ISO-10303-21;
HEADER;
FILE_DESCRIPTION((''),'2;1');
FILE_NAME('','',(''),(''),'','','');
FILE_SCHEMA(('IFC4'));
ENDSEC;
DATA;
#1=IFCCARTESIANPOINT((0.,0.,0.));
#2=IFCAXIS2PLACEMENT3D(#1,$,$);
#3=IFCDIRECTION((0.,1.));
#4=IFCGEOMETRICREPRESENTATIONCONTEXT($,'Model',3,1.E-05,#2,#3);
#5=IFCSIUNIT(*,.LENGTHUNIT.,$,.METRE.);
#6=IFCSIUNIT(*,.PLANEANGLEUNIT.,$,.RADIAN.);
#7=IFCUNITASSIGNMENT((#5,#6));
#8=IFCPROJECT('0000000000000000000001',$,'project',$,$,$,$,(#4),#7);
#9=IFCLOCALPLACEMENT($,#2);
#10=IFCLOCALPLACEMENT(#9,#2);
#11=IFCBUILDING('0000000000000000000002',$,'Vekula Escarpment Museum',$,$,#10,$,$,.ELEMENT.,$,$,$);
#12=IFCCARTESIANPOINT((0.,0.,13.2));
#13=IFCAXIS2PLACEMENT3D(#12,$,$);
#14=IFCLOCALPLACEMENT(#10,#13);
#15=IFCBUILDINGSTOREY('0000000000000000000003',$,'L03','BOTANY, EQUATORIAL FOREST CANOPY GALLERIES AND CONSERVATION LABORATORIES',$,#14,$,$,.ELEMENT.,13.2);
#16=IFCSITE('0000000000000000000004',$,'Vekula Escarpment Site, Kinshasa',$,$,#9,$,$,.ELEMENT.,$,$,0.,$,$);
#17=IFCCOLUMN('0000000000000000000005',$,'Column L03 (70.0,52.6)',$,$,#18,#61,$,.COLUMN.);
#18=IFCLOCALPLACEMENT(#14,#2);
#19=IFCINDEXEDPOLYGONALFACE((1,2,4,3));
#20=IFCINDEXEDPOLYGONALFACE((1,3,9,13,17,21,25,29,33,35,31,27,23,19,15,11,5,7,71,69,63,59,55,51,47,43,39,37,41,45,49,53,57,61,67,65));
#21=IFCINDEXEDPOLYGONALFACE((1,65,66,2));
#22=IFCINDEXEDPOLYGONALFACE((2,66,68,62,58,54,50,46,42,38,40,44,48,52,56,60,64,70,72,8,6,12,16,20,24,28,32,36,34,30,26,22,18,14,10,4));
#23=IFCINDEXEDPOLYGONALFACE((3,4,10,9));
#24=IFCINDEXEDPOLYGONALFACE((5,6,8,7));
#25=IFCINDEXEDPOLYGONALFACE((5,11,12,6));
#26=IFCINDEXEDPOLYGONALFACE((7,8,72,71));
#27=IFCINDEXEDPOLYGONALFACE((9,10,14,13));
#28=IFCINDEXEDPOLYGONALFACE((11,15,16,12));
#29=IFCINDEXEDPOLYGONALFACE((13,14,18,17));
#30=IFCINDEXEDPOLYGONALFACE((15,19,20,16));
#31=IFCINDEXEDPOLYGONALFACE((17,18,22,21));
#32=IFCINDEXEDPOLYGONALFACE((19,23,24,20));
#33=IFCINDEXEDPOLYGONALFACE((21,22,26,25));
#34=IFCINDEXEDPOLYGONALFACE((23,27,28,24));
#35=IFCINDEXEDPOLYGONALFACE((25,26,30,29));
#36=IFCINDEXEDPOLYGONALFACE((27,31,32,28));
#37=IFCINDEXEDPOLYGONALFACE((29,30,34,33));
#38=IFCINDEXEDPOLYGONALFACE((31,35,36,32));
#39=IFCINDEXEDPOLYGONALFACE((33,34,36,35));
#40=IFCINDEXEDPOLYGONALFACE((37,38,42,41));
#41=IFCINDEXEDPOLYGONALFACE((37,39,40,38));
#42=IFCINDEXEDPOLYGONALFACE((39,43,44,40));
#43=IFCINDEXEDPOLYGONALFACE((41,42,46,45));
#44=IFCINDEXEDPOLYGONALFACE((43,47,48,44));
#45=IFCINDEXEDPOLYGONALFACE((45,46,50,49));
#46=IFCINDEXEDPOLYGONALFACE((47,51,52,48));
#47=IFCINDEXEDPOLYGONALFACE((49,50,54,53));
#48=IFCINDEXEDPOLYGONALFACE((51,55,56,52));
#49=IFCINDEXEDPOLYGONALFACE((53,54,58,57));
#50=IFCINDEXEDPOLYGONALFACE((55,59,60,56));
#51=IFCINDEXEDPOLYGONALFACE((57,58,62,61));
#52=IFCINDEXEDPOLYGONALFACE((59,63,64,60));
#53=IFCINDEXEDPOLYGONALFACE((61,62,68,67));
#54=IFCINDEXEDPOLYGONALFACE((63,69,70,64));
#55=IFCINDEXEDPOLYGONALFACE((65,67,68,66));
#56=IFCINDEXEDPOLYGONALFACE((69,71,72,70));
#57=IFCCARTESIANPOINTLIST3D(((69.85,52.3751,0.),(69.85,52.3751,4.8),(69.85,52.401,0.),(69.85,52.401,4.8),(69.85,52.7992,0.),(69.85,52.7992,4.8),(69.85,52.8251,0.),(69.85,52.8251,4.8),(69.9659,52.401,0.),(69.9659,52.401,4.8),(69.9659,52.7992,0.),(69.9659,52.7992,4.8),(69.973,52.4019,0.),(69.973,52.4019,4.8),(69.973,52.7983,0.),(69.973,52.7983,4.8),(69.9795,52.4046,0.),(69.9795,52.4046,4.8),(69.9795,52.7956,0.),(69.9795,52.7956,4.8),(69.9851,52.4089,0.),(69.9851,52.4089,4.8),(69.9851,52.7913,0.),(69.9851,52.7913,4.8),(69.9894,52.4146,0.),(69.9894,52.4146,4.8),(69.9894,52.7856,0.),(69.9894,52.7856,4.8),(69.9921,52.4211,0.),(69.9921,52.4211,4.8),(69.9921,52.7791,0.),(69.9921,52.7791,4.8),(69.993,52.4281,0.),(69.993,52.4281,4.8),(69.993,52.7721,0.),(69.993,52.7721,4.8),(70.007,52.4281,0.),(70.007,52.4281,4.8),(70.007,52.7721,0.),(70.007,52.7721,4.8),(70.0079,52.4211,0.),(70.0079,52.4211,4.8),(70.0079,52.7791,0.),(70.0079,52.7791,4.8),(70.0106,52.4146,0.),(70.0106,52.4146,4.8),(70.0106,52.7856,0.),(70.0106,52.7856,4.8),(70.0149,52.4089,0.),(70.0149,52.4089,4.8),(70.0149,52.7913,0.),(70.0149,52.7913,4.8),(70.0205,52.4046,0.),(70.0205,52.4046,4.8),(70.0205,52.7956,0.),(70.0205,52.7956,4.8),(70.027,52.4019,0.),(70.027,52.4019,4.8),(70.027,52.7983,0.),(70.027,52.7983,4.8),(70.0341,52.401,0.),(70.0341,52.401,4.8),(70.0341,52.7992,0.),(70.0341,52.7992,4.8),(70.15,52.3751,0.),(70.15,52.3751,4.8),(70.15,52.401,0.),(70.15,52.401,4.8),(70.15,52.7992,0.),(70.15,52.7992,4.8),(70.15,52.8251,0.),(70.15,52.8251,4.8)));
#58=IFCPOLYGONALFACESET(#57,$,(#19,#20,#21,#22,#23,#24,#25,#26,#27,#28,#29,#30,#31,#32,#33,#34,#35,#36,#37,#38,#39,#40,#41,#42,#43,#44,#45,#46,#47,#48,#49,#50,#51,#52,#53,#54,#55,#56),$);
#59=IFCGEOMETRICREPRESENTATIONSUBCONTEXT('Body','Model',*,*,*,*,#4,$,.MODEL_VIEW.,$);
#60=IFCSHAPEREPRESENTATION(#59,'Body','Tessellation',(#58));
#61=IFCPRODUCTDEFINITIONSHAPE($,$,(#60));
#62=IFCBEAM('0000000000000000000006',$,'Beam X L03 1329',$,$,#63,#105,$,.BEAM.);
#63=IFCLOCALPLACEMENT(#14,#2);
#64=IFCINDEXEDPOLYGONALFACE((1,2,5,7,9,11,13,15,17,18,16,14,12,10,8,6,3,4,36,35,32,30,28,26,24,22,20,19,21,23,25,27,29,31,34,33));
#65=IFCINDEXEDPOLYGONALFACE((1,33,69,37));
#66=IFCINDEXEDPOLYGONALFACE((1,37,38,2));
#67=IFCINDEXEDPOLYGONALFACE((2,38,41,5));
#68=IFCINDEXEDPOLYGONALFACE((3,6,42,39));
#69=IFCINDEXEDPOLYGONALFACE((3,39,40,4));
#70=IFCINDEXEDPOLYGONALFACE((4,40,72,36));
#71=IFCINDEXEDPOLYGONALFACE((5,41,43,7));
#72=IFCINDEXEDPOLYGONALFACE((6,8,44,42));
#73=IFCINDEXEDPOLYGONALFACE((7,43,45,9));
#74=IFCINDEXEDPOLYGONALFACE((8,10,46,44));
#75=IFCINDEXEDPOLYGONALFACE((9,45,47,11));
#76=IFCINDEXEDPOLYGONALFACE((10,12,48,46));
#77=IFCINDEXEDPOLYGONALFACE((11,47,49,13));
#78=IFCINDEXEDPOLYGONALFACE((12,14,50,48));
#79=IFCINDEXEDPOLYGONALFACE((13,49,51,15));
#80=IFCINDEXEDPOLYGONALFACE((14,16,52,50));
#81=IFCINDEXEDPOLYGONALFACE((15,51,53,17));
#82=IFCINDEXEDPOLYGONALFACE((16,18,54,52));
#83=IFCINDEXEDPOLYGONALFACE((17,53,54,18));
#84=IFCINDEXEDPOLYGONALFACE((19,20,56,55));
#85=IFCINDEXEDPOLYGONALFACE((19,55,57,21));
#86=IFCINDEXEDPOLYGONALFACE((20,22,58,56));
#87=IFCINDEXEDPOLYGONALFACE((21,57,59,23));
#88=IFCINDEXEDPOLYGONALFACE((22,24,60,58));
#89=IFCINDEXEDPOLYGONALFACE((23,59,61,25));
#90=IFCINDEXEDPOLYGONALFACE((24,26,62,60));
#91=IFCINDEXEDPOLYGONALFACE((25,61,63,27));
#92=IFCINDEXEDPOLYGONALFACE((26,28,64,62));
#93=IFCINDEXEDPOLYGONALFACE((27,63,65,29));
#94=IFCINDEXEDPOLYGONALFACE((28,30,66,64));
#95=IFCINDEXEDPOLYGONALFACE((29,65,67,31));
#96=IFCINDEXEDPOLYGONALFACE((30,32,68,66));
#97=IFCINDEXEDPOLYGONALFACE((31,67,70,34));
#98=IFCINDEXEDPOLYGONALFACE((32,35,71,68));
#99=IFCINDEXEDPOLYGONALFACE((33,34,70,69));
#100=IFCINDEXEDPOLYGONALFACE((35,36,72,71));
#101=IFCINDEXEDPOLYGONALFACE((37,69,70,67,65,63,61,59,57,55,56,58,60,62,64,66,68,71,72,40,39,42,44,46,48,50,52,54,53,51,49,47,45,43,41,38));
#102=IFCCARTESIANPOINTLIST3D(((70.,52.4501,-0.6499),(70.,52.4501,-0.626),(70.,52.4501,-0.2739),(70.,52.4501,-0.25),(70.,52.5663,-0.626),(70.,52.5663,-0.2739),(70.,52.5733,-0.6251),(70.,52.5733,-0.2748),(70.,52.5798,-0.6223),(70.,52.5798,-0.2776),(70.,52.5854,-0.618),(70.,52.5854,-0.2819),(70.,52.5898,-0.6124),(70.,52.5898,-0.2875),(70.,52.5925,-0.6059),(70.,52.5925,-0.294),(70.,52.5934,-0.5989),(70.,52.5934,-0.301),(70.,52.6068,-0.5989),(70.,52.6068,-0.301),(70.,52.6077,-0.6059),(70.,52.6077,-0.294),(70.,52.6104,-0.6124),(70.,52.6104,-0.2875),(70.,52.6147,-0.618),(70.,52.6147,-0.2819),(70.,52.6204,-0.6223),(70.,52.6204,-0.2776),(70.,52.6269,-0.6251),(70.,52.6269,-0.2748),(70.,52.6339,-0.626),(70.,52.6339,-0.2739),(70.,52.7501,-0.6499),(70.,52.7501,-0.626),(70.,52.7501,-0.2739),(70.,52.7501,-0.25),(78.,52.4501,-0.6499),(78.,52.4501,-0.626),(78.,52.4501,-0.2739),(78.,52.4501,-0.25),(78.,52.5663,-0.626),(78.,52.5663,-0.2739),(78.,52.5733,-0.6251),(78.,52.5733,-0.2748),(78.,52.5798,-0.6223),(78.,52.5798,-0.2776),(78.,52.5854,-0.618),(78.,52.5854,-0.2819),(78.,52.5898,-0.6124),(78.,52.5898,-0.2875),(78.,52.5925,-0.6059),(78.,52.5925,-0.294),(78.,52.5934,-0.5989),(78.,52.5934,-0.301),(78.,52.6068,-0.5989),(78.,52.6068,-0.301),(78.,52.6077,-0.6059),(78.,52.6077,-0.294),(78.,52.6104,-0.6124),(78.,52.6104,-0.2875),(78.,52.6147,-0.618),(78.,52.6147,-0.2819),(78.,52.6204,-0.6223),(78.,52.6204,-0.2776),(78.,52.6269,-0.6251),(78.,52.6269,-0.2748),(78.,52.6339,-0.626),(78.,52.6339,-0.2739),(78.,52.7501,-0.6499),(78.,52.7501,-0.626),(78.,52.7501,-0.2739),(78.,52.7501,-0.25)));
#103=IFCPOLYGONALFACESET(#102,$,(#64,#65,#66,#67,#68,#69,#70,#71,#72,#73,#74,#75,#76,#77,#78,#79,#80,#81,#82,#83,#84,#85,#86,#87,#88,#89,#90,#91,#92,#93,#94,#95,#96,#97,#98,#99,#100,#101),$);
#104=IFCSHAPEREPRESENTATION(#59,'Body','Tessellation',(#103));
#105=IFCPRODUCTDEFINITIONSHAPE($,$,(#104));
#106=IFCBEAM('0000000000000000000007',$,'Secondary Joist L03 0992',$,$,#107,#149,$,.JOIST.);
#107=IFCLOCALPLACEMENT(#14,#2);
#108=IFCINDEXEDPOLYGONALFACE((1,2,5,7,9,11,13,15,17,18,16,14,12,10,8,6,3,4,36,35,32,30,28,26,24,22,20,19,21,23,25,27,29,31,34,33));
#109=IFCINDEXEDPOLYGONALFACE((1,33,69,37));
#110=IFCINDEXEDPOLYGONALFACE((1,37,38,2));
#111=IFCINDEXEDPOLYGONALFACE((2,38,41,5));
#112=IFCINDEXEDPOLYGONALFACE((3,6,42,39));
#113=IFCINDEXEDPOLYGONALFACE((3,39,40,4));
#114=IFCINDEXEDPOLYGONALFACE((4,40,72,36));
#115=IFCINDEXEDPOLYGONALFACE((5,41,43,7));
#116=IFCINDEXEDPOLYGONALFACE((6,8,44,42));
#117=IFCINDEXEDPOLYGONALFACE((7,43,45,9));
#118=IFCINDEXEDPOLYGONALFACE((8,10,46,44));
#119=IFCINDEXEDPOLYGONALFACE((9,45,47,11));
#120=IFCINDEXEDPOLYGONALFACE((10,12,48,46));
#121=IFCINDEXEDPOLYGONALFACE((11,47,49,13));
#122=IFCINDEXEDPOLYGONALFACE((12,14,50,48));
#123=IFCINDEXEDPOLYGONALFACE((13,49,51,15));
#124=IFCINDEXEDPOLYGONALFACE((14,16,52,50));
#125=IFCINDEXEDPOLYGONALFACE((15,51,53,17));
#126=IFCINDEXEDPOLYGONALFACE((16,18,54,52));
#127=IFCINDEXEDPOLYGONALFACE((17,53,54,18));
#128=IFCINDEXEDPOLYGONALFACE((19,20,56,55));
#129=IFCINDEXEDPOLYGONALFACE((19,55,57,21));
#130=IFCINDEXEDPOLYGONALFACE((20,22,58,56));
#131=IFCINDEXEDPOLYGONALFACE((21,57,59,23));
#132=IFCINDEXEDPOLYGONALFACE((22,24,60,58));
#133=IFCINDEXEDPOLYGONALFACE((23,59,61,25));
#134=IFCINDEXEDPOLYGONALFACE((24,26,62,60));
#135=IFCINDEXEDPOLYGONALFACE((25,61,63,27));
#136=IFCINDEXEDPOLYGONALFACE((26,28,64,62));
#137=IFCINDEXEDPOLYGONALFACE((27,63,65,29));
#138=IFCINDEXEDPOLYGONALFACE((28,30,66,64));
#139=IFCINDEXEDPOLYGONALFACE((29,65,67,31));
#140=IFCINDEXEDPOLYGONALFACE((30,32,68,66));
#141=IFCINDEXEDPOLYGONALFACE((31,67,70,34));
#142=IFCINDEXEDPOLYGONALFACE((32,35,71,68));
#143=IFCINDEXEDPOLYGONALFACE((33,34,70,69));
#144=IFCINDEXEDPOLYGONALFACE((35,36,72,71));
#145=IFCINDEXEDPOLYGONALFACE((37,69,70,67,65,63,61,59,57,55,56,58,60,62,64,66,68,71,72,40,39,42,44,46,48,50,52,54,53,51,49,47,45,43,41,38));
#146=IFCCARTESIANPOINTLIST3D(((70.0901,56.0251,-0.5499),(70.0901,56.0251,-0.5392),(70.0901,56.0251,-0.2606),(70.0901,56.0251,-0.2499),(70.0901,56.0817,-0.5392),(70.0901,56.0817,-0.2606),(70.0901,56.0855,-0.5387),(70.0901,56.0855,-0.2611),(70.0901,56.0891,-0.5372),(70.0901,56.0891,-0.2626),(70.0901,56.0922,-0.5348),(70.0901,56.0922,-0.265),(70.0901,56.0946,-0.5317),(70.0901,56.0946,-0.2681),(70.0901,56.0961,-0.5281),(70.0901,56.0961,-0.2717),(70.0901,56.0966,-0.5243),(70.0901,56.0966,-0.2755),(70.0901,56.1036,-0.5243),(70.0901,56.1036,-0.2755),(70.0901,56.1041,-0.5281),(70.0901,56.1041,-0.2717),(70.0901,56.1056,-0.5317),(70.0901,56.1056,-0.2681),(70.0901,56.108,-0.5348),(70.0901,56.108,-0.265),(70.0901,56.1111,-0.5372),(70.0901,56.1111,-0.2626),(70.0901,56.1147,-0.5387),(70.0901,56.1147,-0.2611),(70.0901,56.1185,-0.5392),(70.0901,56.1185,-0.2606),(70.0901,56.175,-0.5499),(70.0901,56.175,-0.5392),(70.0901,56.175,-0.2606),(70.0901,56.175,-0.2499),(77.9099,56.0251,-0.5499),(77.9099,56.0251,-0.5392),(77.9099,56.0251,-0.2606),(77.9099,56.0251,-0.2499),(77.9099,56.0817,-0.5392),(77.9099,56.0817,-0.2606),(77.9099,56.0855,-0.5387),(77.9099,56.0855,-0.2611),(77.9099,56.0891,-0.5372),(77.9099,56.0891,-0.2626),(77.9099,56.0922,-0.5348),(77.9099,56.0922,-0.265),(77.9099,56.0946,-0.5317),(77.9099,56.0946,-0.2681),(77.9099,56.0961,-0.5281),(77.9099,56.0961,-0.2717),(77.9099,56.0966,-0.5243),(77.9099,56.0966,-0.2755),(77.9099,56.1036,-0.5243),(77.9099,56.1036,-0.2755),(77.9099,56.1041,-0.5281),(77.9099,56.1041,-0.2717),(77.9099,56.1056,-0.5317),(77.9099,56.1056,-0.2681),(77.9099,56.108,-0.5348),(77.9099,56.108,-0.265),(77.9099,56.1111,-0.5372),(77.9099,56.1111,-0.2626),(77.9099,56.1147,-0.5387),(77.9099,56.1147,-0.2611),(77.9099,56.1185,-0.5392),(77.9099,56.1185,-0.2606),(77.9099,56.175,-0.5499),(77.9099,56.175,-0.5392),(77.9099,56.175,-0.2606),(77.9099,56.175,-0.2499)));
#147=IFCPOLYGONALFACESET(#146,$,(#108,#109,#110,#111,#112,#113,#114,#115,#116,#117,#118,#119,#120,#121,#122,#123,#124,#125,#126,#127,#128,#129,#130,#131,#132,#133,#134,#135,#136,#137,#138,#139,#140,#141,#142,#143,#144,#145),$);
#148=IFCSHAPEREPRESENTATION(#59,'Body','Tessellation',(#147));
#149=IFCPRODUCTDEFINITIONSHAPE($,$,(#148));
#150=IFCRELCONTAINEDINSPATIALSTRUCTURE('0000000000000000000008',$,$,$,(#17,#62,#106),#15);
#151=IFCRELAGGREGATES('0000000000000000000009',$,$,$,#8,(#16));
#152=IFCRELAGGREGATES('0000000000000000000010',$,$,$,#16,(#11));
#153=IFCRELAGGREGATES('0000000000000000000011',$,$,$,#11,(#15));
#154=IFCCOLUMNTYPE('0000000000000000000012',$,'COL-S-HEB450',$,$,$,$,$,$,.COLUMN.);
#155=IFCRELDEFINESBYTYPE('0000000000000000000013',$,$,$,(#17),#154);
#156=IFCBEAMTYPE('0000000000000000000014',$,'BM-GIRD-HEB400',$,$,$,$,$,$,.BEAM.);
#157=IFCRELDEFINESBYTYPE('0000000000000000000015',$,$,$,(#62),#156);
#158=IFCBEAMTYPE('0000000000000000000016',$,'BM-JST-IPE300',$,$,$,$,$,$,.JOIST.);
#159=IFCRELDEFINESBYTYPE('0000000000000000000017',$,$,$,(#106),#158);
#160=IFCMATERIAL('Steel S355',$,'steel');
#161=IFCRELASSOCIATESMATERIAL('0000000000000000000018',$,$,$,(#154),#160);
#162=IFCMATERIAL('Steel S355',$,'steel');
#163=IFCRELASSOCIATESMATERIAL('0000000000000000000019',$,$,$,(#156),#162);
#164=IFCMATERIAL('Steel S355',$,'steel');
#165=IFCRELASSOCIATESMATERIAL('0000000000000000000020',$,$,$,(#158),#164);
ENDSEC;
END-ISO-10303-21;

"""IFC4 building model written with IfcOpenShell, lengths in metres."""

from ifc_helpers import new_model, si_unit, direction, frame, origin, origin_2d, place, context, subcontext, project, spatial, i_section, extrude, material, material_profile, profile_set, type_object, element, save


model = new_model("IFC4")

# Units and contexts
model_context = context("Model", 3, precision=1e-05, world=origin(), true_north=direction((0.0, 1.0)))
body_context = subcontext(model_context, "Body", "Model", "MODEL_VIEW")
ifc_project = project(units=[si_unit("LENGTHUNIT", "METRE"), si_unit("PLANEANGLEUNIT", "RADIAN")], contexts=[model_context])

# Site, building, storey
site_placement = place(None, origin())
site = spatial("IfcSite", under=ifc_project, at=site_placement, Name="Vekula Escarpment Site, Kinshasa", CompositionType="ELEMENT", RefElevation=0.0)
building_placement = place(site_placement, origin())
building = spatial("IfcBuilding", under=site, at=building_placement, Name="Vekula Escarpment Museum", CompositionType="ELEMENT")
storey_placement = place(building_placement, frame((0.0, 0.0, 13.2)))
storey = spatial("IfcBuildingStorey", under=building, at=storey_placement, Name="L03", Description="BOTANY, EQUATORIAL FOREST CANOPY GALLERIES AND CONSERVATION LABORATORIES", CompositionType="ELEMENT", Elevation=13.2)

# Column
ifc_material_1 = material(Name="Steel S355", Category="steel")
ifc_material_profile_1 = material_profile(ifc_material_1, i_section(OverallWidth=0.3, OverallDepth=0.45, WebThickness=0.0139, FlangeThickness=0.0259, FilletRadius=0.0271, at=origin_2d()), Name="HEB 450")
ifc_profile_set_1 = profile_set([ifc_material_profile_1], Name="Steel S355")
column_type = type_object("IfcColumnType", Name="COL-S-HEB450", PredefinedType="COLUMN", material=ifc_profile_set_1)
column_placement = place(storey_placement, frame((70.0, 52.6001, 0.0), z_axis=(0.0, 0.0, 1.0), x_axis=(1.0, 0.0, 0.0)))
element("IfcColumn", 1, at=column_placement, inside=storey, type_object=column_type, Name="Column L03 (70.0,52.6)", PredefinedType="COLUMN", context=body_context, shape_type="SweptSolid", body=[
    extrude(i_section(OverallWidth=0.3, OverallDepth=0.45, WebThickness=0.0139, FlangeThickness=0.0259, FilletRadius=0.0271, at=origin_2d()), origin(), (0.0, 0.0, 1.0), 4.8),
])

# Beams
ifc_material_2 = material(Name="Steel S355", Category="steel")
ifc_material_profile_2 = material_profile(ifc_material_2, i_section(OverallWidth=0.3, OverallDepth=0.3999, WebThickness=0.0134, FlangeThickness=0.0239, FilletRadius=0.0271, at=origin_2d()), Name="HEB 400")
ifc_profile_set_2 = profile_set([ifc_material_profile_2], Name="Steel S355")
beam_type_1 = type_object("IfcBeamType", Name="BM-GIRD-HEB400", PredefinedType="BEAM", material=ifc_profile_set_2)
beam_1_placement = place(storey_placement, frame((70.0, 52.6001, -0.45), z_axis=(1.0, 0.0, 0.0), x_axis=(0.0, 1.0, 0.0)))
element("IfcBeam", 2, at=beam_1_placement, inside=storey, type_object=beam_type_1, Name="Beam X L03 1329", PredefinedType="BEAM", context=body_context, shape_type="SweptSolid", body=[
    extrude(i_section(OverallWidth=0.3, OverallDepth=0.3999, WebThickness=0.0134, FlangeThickness=0.0239, FilletRadius=0.0271, at=origin_2d()), origin(), (0.0, 0.0, 1.0), 8.0),
])
ifc_material_3 = material(Name="Steel S355", Category="steel")
ifc_material_profile_3 = material_profile(ifc_material_3, i_section(OverallWidth=0.1499, OverallDepth=0.3, WebThickness=0.0071, FlangeThickness=0.0107, FilletRadius=0.0149, at=origin_2d()), Name="IPE 300")
ifc_profile_set_3 = profile_set([ifc_material_profile_3], Name="Steel S355")
beam_type_2 = type_object("IfcBeamType", Name="BM-JST-IPE300", PredefinedType="JOIST", material=ifc_profile_set_3)
beam_2_placement = place(storey_placement, frame((70.0901, 56.1001, -0.3999), z_axis=(1.0, 0.0, 0.0), x_axis=(0.0, 1.0, 0.0)))
element("IfcBeam", 3, at=beam_2_placement, inside=storey, type_object=beam_type_2, Name="Secondary Joist L03 0992", PredefinedType="JOIST", context=body_context, shape_type="SweptSolid", body=[
    extrude(i_section(OverallWidth=0.1499, OverallDepth=0.3, WebThickness=0.0071, FlangeThickness=0.0107, FilletRadius=0.0149, at=origin_2d()), origin(), (0.0, 0.0, 1.0), 7.8198),
])

save(model, "model.ifc")
